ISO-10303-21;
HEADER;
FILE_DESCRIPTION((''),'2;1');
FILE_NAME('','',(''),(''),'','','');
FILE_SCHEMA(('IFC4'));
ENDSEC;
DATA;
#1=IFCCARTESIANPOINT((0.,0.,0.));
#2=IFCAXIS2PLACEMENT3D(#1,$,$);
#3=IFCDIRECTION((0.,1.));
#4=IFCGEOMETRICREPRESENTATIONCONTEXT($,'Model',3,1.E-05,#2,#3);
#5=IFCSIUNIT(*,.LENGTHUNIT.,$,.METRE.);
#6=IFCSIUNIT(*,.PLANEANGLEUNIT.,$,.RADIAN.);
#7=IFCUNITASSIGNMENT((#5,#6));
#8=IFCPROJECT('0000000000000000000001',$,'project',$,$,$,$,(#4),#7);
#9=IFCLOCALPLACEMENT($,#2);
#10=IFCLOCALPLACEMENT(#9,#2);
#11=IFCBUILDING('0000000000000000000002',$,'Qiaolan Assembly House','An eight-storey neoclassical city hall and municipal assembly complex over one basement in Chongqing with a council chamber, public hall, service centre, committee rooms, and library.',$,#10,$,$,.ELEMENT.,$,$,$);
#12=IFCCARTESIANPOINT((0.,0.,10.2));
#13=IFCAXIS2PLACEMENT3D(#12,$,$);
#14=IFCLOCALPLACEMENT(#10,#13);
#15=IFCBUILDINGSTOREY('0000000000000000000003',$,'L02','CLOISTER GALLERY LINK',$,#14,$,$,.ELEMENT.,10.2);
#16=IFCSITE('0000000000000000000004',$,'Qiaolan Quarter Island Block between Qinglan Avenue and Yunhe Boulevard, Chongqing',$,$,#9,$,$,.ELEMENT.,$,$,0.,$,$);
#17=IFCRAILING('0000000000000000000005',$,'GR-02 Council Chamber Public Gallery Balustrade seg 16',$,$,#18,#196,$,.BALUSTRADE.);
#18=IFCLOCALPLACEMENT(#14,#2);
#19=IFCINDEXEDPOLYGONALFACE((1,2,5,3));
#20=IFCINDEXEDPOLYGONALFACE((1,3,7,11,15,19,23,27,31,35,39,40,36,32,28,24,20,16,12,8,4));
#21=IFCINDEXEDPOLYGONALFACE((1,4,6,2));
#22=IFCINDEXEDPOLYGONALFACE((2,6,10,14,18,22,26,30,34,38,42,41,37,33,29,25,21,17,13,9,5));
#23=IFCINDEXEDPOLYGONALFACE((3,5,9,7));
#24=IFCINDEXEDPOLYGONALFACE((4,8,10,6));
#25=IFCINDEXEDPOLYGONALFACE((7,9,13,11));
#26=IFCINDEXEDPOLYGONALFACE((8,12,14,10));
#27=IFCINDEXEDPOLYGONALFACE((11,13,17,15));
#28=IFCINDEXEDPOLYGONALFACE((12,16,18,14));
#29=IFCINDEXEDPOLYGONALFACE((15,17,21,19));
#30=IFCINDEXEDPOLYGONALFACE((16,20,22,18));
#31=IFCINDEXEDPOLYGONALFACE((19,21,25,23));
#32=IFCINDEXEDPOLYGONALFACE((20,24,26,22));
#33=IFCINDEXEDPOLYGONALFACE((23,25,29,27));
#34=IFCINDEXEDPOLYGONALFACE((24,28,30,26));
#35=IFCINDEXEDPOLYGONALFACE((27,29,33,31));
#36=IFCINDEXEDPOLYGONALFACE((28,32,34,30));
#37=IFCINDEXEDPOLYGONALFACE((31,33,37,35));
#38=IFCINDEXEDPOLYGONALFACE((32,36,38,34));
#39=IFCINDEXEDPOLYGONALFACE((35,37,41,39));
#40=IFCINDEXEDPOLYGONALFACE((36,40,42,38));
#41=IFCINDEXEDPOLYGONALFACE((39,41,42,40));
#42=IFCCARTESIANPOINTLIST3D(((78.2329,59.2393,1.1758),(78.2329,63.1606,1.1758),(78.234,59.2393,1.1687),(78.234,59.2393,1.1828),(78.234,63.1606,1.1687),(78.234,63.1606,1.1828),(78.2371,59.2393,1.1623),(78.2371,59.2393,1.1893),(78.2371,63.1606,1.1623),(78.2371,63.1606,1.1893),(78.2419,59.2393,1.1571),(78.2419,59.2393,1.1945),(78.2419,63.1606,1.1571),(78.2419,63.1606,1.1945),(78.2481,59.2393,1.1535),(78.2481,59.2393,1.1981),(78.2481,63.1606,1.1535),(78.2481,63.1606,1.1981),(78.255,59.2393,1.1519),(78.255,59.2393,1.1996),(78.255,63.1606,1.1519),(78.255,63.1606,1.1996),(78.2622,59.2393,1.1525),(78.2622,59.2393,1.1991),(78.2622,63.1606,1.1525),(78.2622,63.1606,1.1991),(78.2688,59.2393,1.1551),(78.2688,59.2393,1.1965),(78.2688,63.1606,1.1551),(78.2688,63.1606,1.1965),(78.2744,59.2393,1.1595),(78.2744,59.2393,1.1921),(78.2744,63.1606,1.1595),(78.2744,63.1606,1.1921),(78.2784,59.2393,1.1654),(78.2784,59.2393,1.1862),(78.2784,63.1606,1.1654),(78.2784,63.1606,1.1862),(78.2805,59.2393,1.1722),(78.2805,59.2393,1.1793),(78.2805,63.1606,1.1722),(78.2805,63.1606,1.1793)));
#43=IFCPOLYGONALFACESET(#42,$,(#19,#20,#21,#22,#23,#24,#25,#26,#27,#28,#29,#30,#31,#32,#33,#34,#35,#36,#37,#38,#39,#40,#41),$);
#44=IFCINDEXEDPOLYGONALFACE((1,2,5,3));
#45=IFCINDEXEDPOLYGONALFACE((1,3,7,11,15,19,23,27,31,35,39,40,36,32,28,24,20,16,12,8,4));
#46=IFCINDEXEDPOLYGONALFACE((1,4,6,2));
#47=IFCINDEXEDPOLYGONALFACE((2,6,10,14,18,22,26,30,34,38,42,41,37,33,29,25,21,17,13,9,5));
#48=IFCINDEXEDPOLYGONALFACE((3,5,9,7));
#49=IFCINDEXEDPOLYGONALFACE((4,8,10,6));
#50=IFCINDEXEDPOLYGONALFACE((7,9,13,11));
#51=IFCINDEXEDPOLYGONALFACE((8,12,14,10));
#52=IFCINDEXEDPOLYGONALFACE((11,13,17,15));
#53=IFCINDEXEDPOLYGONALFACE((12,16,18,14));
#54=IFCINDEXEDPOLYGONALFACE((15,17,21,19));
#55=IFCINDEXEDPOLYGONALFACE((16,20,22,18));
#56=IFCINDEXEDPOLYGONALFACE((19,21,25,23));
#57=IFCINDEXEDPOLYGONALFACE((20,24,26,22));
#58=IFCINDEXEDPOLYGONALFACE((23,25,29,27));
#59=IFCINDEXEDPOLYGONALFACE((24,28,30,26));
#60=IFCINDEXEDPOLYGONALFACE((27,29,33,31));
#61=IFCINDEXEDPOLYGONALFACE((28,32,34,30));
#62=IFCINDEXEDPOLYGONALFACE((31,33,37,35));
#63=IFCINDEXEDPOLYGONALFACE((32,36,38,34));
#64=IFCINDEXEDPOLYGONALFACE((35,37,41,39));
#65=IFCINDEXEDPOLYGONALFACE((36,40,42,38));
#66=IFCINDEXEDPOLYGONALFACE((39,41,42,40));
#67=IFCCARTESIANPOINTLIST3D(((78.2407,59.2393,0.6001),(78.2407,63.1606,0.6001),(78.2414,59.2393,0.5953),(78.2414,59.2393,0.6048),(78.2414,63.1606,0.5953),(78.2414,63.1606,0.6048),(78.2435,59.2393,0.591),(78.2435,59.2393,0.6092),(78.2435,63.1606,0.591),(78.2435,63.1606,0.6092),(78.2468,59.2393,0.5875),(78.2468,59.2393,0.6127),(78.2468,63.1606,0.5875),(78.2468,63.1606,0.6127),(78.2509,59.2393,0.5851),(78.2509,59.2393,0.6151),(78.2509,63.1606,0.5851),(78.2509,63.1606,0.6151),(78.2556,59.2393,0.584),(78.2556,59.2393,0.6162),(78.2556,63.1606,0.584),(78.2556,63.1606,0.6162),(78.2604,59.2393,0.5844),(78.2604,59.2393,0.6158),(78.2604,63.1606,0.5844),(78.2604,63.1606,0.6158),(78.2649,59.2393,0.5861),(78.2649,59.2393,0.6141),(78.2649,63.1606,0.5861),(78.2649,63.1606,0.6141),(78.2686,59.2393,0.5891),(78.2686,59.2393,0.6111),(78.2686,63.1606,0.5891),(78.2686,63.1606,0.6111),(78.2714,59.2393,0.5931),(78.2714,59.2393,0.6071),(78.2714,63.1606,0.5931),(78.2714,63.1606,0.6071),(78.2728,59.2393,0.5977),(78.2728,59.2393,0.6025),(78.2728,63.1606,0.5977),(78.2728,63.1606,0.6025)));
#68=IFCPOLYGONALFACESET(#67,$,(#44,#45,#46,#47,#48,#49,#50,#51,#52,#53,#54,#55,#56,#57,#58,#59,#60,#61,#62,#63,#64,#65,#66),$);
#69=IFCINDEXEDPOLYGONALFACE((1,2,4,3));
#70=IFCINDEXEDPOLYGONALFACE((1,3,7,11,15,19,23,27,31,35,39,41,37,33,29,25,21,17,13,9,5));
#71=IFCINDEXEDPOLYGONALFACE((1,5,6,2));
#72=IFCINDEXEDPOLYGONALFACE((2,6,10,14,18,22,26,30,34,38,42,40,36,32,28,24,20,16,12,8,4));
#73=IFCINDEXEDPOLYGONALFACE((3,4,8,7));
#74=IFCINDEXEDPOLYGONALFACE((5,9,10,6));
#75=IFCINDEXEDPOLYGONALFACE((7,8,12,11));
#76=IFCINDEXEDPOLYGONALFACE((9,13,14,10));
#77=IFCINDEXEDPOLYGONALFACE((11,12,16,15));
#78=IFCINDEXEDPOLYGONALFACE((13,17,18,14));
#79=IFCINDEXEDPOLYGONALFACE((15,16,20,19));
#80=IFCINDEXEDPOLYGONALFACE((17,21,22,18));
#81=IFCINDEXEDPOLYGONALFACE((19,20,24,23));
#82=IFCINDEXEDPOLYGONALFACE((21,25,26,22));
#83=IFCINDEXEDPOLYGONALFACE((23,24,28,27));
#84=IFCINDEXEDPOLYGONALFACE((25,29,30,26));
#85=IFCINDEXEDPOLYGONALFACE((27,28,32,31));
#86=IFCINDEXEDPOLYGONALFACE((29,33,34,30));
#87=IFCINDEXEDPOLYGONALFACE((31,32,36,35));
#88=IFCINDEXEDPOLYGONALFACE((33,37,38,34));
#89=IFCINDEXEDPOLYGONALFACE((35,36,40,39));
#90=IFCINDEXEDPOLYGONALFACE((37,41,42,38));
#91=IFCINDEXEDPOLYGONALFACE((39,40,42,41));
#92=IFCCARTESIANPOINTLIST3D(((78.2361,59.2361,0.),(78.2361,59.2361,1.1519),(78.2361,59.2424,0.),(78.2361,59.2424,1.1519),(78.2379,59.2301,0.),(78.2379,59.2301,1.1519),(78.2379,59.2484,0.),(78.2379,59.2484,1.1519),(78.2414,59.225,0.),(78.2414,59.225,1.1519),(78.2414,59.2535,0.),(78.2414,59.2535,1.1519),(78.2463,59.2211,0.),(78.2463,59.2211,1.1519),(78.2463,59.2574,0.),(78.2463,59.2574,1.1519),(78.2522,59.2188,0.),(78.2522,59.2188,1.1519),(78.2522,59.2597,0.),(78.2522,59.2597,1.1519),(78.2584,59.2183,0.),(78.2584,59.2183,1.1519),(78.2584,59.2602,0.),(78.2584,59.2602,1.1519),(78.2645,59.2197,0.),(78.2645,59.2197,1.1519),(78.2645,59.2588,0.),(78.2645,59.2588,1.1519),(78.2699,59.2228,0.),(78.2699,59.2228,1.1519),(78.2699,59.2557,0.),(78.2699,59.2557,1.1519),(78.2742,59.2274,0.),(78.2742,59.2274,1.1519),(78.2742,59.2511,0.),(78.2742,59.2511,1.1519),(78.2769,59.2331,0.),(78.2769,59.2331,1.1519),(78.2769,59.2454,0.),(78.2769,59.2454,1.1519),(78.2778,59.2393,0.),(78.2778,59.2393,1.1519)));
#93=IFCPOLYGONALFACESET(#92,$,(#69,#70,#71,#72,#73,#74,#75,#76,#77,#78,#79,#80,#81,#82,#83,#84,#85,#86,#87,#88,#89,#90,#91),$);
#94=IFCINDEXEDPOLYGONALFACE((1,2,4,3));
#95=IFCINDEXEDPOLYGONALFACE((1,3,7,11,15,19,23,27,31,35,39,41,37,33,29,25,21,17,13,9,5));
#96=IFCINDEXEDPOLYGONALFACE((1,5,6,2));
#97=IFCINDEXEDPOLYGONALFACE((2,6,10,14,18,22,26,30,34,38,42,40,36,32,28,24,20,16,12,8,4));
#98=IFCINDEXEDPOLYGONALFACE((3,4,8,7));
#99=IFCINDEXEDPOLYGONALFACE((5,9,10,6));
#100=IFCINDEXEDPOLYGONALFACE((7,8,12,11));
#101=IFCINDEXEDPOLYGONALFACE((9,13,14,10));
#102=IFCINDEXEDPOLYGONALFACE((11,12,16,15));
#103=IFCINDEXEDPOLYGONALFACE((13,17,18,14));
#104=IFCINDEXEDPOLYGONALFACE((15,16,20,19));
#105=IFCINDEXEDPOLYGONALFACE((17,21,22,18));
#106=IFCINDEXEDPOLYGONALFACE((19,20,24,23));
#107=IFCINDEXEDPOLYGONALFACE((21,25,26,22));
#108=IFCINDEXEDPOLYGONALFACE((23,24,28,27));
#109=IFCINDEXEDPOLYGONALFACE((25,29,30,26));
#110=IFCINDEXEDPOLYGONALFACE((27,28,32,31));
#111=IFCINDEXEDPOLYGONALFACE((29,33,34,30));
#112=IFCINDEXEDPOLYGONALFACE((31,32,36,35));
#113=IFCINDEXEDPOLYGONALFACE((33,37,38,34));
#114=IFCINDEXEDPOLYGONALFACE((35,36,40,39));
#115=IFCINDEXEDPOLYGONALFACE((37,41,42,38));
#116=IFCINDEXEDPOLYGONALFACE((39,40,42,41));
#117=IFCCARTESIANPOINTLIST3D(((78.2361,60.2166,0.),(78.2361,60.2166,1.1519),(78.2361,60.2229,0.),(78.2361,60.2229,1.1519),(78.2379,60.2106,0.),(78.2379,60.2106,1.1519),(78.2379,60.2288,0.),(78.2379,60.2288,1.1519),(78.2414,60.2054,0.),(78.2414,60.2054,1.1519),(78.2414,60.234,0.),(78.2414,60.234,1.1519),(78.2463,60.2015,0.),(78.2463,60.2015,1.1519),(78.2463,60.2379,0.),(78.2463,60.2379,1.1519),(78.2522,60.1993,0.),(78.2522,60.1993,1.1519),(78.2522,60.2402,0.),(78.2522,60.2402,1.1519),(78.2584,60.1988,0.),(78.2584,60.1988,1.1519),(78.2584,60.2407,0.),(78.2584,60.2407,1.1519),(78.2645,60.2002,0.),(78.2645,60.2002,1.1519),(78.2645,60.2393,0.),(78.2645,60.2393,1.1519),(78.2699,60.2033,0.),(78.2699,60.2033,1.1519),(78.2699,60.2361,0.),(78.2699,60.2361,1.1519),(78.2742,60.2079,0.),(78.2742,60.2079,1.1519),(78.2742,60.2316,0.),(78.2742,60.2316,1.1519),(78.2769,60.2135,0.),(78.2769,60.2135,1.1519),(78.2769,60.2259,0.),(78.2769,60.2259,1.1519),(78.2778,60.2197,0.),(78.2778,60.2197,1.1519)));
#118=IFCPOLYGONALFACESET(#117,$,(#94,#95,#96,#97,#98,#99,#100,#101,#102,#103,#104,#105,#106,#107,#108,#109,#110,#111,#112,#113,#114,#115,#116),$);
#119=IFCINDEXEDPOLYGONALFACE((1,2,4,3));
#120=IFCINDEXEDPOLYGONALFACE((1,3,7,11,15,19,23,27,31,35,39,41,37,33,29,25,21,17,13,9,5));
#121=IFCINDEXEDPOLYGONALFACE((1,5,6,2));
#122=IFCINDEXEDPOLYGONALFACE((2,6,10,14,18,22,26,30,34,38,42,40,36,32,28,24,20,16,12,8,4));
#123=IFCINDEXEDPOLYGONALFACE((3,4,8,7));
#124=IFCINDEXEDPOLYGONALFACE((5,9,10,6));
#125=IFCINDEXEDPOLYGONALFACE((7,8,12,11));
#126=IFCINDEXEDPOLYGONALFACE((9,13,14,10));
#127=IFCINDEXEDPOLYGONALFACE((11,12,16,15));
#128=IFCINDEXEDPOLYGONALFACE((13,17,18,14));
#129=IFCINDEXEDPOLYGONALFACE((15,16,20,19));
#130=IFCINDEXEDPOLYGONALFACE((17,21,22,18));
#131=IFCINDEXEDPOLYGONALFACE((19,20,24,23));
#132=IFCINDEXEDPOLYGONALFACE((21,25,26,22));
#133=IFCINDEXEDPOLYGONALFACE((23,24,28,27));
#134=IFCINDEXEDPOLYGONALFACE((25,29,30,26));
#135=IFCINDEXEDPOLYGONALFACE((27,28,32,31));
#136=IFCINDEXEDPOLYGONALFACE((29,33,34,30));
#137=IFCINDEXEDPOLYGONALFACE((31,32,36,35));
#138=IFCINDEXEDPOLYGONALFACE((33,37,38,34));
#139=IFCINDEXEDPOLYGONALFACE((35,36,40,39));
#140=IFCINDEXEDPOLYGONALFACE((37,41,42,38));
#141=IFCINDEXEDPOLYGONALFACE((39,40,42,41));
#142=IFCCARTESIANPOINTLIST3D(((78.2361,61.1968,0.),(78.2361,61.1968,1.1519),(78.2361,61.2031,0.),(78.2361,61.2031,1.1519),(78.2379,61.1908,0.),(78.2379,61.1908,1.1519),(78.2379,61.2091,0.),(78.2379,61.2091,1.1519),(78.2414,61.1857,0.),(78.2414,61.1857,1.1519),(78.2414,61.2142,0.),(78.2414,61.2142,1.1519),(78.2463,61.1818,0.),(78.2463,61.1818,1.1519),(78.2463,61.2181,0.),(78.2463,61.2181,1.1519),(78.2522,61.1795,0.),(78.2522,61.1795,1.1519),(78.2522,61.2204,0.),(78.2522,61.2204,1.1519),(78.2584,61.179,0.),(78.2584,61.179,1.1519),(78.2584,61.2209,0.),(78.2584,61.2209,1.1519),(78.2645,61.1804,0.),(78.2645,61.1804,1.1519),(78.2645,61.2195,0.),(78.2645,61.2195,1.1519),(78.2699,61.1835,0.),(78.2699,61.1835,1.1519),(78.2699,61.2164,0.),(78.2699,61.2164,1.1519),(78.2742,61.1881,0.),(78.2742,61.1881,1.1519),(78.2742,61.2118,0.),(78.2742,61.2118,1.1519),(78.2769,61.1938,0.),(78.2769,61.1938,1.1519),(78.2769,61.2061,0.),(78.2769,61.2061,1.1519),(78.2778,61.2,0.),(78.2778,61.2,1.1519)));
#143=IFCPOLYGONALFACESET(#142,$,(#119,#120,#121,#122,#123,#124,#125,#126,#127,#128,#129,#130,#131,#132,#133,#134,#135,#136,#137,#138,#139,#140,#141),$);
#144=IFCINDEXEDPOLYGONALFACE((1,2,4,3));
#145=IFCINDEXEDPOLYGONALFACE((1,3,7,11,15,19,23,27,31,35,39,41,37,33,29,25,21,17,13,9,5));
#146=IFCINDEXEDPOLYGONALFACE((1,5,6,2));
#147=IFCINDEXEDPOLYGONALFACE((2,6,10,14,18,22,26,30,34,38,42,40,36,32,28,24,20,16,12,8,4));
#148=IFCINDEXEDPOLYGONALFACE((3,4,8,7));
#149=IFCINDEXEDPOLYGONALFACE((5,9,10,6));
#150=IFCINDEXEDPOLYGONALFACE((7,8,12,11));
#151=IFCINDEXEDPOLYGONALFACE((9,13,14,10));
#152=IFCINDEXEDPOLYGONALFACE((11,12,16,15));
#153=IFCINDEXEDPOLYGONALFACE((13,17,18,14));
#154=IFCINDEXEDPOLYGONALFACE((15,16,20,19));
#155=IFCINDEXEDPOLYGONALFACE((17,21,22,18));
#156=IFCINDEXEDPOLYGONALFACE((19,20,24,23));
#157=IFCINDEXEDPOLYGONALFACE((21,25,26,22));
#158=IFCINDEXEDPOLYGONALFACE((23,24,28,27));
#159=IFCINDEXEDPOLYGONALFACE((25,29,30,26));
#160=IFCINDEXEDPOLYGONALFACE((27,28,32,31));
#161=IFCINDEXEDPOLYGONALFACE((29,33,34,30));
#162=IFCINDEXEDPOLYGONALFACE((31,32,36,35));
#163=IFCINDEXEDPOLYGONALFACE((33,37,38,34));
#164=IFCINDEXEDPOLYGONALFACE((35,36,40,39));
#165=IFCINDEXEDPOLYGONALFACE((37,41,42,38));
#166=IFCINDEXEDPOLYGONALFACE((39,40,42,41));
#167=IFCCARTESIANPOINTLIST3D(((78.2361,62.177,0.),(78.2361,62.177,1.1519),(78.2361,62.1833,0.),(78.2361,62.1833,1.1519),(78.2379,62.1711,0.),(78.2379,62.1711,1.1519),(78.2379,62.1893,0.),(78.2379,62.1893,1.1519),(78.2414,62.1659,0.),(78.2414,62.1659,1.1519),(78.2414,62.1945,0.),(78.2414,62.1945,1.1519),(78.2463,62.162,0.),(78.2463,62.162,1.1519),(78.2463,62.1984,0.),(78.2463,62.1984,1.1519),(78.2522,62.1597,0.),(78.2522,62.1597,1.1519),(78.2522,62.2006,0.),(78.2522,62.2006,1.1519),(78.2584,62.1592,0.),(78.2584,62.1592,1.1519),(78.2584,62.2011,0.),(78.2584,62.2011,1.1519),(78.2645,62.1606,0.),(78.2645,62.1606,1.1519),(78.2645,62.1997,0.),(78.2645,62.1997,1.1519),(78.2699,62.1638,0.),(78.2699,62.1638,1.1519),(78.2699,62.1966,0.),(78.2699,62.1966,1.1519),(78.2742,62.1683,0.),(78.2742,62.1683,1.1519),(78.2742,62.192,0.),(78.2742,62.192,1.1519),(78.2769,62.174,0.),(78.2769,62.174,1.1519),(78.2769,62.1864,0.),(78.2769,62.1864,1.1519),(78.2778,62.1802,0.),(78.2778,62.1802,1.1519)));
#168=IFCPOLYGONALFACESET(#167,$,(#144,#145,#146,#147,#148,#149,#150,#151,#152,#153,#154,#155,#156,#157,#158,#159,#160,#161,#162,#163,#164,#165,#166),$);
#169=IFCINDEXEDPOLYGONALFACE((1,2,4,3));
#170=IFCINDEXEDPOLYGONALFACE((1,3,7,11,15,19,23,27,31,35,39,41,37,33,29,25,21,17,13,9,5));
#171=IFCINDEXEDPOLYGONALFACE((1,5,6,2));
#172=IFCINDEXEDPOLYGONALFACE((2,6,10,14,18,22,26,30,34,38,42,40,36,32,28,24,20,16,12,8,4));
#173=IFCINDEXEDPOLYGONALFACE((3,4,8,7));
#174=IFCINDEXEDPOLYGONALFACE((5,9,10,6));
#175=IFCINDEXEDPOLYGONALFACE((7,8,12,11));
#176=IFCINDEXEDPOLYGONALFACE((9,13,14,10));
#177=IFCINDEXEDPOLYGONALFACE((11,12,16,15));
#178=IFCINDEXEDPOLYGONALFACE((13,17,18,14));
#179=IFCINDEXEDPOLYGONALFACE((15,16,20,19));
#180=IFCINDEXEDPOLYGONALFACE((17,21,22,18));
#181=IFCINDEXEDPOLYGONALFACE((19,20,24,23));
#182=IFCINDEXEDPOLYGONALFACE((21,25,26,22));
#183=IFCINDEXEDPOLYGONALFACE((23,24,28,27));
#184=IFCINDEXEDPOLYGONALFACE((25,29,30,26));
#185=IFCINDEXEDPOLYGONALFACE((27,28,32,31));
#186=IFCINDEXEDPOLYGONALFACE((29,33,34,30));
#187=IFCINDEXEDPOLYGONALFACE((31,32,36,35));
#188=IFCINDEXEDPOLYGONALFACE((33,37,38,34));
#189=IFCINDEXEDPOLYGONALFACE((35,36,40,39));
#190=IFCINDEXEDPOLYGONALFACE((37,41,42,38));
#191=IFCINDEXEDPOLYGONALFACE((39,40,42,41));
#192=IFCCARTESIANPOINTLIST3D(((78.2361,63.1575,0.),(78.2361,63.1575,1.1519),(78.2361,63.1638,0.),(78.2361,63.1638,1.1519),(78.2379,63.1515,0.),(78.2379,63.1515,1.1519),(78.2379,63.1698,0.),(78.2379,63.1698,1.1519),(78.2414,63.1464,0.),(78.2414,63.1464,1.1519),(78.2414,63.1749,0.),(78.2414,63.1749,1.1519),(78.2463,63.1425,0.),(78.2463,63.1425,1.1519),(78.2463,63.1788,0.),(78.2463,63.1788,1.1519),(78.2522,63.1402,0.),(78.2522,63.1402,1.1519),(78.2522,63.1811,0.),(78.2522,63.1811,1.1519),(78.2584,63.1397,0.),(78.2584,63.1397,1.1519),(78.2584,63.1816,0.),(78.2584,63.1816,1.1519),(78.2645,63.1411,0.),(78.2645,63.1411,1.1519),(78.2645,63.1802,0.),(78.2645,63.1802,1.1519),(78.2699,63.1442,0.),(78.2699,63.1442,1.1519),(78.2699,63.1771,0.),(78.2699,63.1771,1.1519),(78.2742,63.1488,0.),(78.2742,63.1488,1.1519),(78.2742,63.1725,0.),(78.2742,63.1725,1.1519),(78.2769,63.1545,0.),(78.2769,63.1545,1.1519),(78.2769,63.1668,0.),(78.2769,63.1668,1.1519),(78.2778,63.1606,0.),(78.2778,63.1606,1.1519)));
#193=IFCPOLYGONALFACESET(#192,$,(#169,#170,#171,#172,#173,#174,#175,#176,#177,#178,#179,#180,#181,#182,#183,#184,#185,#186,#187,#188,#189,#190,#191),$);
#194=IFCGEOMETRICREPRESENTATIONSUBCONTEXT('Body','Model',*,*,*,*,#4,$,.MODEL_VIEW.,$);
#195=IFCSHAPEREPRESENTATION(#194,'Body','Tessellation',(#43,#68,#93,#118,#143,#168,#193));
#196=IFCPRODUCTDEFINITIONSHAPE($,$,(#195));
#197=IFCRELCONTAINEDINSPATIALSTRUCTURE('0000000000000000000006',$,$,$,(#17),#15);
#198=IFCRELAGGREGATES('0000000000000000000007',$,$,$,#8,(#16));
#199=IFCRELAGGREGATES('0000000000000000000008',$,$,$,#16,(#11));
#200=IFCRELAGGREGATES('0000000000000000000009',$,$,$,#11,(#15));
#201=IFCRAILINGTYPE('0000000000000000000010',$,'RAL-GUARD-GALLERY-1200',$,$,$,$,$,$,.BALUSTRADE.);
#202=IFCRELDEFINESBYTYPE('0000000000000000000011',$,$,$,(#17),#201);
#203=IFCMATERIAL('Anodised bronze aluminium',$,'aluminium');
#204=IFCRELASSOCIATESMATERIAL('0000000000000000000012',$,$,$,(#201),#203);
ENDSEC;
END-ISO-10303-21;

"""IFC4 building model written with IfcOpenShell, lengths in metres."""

from ifc_helpers import new_model, si_unit, direction, frame, origin, origin_2d, place, context, subcontext, project, spatial, circle, extrude, material, type_object, element, save


model = new_model("IFC4")

# Units and contexts
model_context = context("Model", 3, precision=1e-05, world=origin(), true_north=direction((0.0, 1.0)))
body_context = subcontext(model_context, "Body", "Model", "MODEL_VIEW")
ifc_project = project(units=[si_unit("LENGTHUNIT", "METRE"), si_unit("PLANEANGLEUNIT", "RADIAN")], contexts=[model_context])

# Site, building, storey
site_placement = place(None, origin())
site = spatial("IfcSite", under=ifc_project, at=site_placement, Name="Qiaolan Quarter Island Block between Qinglan Avenue and Yunhe Boulevard, Chongqing", CompositionType="ELEMENT", RefElevation=0.0)
building_placement = place(site_placement, origin())
building = spatial("IfcBuilding", under=site, at=building_placement, Name="Qiaolan Assembly House", Description="An eight-storey neoclassical city hall and municipal assembly complex over one basement in Chongqing with a council chamber, public hall, service centre, committee rooms, and library.", CompositionType="ELEMENT")
storey_placement = place(building_placement, frame((0.0, 0.0, 10.2)))
storey = spatial("IfcBuildingStorey", under=building, at=storey_placement, Name="L02", Description="CLOISTER GALLERY LINK", CompositionType="ELEMENT", Elevation=10.2)

# Railing
ifc_material_1 = material(Name="Anodised bronze aluminium", Category="aluminium")
railing_type = type_object("IfcRailingType", Name="RAL-GUARD-GALLERY-1200", PredefinedType="BALUSTRADE", material=ifc_material_1)
railing_1_placement = place(storey_placement, frame((78.2568, 59.2393, 0.0)))
element("IfcRailing", 1, at=railing_1_placement, inside=storey, type_object=railing_type, Name="GR-02 Council Chamber Public Gallery Balustrade seg 16", PredefinedType="BALUSTRADE", context=body_context, shape_type="SweptSolid", body=[
    extrude(circle(Radius=0.0239, at=origin_2d()), frame((0.0, 0.0, 1.1758), z_axis=(0.0, 1.0, 0.0), x_axis=(-1.0, 0.0, 0.0)), (0.0, 0.0, 1.0), 3.9214),
    extrude(circle(Radius=0.0161, at=origin_2d()), frame((0.0, 0.0, 0.6001), z_axis=(0.0, 1.0, 0.0), x_axis=(-1.0, 0.0, 0.0)), (0.0, 0.0, 1.0), 3.9214),
    extrude(circle(Radius=0.021, at=origin_2d()), origin(), (0.0, 0.0, 1.0), 1.1519),
    extrude(circle(Radius=0.021, at=origin_2d()), frame((0.0, 0.9805, 0.0)), (0.0, 0.0, 1.0), 1.1519),
    extrude(circle(Radius=0.021, at=origin_2d()), frame((0.0, 1.9607, 0.0)), (0.0, 0.0, 1.0), 1.1519),
    extrude(circle(Radius=0.021, at=origin_2d()), frame((0.0, 2.9409, 0.0)), (0.0, 0.0, 1.0), 1.1519),
    extrude(circle(Radius=0.021, at=origin_2d()), frame((0.0, 3.9214, 0.0)), (0.0, 0.0, 1.0), 1.1519),
])

save(model, "model.ifc")
